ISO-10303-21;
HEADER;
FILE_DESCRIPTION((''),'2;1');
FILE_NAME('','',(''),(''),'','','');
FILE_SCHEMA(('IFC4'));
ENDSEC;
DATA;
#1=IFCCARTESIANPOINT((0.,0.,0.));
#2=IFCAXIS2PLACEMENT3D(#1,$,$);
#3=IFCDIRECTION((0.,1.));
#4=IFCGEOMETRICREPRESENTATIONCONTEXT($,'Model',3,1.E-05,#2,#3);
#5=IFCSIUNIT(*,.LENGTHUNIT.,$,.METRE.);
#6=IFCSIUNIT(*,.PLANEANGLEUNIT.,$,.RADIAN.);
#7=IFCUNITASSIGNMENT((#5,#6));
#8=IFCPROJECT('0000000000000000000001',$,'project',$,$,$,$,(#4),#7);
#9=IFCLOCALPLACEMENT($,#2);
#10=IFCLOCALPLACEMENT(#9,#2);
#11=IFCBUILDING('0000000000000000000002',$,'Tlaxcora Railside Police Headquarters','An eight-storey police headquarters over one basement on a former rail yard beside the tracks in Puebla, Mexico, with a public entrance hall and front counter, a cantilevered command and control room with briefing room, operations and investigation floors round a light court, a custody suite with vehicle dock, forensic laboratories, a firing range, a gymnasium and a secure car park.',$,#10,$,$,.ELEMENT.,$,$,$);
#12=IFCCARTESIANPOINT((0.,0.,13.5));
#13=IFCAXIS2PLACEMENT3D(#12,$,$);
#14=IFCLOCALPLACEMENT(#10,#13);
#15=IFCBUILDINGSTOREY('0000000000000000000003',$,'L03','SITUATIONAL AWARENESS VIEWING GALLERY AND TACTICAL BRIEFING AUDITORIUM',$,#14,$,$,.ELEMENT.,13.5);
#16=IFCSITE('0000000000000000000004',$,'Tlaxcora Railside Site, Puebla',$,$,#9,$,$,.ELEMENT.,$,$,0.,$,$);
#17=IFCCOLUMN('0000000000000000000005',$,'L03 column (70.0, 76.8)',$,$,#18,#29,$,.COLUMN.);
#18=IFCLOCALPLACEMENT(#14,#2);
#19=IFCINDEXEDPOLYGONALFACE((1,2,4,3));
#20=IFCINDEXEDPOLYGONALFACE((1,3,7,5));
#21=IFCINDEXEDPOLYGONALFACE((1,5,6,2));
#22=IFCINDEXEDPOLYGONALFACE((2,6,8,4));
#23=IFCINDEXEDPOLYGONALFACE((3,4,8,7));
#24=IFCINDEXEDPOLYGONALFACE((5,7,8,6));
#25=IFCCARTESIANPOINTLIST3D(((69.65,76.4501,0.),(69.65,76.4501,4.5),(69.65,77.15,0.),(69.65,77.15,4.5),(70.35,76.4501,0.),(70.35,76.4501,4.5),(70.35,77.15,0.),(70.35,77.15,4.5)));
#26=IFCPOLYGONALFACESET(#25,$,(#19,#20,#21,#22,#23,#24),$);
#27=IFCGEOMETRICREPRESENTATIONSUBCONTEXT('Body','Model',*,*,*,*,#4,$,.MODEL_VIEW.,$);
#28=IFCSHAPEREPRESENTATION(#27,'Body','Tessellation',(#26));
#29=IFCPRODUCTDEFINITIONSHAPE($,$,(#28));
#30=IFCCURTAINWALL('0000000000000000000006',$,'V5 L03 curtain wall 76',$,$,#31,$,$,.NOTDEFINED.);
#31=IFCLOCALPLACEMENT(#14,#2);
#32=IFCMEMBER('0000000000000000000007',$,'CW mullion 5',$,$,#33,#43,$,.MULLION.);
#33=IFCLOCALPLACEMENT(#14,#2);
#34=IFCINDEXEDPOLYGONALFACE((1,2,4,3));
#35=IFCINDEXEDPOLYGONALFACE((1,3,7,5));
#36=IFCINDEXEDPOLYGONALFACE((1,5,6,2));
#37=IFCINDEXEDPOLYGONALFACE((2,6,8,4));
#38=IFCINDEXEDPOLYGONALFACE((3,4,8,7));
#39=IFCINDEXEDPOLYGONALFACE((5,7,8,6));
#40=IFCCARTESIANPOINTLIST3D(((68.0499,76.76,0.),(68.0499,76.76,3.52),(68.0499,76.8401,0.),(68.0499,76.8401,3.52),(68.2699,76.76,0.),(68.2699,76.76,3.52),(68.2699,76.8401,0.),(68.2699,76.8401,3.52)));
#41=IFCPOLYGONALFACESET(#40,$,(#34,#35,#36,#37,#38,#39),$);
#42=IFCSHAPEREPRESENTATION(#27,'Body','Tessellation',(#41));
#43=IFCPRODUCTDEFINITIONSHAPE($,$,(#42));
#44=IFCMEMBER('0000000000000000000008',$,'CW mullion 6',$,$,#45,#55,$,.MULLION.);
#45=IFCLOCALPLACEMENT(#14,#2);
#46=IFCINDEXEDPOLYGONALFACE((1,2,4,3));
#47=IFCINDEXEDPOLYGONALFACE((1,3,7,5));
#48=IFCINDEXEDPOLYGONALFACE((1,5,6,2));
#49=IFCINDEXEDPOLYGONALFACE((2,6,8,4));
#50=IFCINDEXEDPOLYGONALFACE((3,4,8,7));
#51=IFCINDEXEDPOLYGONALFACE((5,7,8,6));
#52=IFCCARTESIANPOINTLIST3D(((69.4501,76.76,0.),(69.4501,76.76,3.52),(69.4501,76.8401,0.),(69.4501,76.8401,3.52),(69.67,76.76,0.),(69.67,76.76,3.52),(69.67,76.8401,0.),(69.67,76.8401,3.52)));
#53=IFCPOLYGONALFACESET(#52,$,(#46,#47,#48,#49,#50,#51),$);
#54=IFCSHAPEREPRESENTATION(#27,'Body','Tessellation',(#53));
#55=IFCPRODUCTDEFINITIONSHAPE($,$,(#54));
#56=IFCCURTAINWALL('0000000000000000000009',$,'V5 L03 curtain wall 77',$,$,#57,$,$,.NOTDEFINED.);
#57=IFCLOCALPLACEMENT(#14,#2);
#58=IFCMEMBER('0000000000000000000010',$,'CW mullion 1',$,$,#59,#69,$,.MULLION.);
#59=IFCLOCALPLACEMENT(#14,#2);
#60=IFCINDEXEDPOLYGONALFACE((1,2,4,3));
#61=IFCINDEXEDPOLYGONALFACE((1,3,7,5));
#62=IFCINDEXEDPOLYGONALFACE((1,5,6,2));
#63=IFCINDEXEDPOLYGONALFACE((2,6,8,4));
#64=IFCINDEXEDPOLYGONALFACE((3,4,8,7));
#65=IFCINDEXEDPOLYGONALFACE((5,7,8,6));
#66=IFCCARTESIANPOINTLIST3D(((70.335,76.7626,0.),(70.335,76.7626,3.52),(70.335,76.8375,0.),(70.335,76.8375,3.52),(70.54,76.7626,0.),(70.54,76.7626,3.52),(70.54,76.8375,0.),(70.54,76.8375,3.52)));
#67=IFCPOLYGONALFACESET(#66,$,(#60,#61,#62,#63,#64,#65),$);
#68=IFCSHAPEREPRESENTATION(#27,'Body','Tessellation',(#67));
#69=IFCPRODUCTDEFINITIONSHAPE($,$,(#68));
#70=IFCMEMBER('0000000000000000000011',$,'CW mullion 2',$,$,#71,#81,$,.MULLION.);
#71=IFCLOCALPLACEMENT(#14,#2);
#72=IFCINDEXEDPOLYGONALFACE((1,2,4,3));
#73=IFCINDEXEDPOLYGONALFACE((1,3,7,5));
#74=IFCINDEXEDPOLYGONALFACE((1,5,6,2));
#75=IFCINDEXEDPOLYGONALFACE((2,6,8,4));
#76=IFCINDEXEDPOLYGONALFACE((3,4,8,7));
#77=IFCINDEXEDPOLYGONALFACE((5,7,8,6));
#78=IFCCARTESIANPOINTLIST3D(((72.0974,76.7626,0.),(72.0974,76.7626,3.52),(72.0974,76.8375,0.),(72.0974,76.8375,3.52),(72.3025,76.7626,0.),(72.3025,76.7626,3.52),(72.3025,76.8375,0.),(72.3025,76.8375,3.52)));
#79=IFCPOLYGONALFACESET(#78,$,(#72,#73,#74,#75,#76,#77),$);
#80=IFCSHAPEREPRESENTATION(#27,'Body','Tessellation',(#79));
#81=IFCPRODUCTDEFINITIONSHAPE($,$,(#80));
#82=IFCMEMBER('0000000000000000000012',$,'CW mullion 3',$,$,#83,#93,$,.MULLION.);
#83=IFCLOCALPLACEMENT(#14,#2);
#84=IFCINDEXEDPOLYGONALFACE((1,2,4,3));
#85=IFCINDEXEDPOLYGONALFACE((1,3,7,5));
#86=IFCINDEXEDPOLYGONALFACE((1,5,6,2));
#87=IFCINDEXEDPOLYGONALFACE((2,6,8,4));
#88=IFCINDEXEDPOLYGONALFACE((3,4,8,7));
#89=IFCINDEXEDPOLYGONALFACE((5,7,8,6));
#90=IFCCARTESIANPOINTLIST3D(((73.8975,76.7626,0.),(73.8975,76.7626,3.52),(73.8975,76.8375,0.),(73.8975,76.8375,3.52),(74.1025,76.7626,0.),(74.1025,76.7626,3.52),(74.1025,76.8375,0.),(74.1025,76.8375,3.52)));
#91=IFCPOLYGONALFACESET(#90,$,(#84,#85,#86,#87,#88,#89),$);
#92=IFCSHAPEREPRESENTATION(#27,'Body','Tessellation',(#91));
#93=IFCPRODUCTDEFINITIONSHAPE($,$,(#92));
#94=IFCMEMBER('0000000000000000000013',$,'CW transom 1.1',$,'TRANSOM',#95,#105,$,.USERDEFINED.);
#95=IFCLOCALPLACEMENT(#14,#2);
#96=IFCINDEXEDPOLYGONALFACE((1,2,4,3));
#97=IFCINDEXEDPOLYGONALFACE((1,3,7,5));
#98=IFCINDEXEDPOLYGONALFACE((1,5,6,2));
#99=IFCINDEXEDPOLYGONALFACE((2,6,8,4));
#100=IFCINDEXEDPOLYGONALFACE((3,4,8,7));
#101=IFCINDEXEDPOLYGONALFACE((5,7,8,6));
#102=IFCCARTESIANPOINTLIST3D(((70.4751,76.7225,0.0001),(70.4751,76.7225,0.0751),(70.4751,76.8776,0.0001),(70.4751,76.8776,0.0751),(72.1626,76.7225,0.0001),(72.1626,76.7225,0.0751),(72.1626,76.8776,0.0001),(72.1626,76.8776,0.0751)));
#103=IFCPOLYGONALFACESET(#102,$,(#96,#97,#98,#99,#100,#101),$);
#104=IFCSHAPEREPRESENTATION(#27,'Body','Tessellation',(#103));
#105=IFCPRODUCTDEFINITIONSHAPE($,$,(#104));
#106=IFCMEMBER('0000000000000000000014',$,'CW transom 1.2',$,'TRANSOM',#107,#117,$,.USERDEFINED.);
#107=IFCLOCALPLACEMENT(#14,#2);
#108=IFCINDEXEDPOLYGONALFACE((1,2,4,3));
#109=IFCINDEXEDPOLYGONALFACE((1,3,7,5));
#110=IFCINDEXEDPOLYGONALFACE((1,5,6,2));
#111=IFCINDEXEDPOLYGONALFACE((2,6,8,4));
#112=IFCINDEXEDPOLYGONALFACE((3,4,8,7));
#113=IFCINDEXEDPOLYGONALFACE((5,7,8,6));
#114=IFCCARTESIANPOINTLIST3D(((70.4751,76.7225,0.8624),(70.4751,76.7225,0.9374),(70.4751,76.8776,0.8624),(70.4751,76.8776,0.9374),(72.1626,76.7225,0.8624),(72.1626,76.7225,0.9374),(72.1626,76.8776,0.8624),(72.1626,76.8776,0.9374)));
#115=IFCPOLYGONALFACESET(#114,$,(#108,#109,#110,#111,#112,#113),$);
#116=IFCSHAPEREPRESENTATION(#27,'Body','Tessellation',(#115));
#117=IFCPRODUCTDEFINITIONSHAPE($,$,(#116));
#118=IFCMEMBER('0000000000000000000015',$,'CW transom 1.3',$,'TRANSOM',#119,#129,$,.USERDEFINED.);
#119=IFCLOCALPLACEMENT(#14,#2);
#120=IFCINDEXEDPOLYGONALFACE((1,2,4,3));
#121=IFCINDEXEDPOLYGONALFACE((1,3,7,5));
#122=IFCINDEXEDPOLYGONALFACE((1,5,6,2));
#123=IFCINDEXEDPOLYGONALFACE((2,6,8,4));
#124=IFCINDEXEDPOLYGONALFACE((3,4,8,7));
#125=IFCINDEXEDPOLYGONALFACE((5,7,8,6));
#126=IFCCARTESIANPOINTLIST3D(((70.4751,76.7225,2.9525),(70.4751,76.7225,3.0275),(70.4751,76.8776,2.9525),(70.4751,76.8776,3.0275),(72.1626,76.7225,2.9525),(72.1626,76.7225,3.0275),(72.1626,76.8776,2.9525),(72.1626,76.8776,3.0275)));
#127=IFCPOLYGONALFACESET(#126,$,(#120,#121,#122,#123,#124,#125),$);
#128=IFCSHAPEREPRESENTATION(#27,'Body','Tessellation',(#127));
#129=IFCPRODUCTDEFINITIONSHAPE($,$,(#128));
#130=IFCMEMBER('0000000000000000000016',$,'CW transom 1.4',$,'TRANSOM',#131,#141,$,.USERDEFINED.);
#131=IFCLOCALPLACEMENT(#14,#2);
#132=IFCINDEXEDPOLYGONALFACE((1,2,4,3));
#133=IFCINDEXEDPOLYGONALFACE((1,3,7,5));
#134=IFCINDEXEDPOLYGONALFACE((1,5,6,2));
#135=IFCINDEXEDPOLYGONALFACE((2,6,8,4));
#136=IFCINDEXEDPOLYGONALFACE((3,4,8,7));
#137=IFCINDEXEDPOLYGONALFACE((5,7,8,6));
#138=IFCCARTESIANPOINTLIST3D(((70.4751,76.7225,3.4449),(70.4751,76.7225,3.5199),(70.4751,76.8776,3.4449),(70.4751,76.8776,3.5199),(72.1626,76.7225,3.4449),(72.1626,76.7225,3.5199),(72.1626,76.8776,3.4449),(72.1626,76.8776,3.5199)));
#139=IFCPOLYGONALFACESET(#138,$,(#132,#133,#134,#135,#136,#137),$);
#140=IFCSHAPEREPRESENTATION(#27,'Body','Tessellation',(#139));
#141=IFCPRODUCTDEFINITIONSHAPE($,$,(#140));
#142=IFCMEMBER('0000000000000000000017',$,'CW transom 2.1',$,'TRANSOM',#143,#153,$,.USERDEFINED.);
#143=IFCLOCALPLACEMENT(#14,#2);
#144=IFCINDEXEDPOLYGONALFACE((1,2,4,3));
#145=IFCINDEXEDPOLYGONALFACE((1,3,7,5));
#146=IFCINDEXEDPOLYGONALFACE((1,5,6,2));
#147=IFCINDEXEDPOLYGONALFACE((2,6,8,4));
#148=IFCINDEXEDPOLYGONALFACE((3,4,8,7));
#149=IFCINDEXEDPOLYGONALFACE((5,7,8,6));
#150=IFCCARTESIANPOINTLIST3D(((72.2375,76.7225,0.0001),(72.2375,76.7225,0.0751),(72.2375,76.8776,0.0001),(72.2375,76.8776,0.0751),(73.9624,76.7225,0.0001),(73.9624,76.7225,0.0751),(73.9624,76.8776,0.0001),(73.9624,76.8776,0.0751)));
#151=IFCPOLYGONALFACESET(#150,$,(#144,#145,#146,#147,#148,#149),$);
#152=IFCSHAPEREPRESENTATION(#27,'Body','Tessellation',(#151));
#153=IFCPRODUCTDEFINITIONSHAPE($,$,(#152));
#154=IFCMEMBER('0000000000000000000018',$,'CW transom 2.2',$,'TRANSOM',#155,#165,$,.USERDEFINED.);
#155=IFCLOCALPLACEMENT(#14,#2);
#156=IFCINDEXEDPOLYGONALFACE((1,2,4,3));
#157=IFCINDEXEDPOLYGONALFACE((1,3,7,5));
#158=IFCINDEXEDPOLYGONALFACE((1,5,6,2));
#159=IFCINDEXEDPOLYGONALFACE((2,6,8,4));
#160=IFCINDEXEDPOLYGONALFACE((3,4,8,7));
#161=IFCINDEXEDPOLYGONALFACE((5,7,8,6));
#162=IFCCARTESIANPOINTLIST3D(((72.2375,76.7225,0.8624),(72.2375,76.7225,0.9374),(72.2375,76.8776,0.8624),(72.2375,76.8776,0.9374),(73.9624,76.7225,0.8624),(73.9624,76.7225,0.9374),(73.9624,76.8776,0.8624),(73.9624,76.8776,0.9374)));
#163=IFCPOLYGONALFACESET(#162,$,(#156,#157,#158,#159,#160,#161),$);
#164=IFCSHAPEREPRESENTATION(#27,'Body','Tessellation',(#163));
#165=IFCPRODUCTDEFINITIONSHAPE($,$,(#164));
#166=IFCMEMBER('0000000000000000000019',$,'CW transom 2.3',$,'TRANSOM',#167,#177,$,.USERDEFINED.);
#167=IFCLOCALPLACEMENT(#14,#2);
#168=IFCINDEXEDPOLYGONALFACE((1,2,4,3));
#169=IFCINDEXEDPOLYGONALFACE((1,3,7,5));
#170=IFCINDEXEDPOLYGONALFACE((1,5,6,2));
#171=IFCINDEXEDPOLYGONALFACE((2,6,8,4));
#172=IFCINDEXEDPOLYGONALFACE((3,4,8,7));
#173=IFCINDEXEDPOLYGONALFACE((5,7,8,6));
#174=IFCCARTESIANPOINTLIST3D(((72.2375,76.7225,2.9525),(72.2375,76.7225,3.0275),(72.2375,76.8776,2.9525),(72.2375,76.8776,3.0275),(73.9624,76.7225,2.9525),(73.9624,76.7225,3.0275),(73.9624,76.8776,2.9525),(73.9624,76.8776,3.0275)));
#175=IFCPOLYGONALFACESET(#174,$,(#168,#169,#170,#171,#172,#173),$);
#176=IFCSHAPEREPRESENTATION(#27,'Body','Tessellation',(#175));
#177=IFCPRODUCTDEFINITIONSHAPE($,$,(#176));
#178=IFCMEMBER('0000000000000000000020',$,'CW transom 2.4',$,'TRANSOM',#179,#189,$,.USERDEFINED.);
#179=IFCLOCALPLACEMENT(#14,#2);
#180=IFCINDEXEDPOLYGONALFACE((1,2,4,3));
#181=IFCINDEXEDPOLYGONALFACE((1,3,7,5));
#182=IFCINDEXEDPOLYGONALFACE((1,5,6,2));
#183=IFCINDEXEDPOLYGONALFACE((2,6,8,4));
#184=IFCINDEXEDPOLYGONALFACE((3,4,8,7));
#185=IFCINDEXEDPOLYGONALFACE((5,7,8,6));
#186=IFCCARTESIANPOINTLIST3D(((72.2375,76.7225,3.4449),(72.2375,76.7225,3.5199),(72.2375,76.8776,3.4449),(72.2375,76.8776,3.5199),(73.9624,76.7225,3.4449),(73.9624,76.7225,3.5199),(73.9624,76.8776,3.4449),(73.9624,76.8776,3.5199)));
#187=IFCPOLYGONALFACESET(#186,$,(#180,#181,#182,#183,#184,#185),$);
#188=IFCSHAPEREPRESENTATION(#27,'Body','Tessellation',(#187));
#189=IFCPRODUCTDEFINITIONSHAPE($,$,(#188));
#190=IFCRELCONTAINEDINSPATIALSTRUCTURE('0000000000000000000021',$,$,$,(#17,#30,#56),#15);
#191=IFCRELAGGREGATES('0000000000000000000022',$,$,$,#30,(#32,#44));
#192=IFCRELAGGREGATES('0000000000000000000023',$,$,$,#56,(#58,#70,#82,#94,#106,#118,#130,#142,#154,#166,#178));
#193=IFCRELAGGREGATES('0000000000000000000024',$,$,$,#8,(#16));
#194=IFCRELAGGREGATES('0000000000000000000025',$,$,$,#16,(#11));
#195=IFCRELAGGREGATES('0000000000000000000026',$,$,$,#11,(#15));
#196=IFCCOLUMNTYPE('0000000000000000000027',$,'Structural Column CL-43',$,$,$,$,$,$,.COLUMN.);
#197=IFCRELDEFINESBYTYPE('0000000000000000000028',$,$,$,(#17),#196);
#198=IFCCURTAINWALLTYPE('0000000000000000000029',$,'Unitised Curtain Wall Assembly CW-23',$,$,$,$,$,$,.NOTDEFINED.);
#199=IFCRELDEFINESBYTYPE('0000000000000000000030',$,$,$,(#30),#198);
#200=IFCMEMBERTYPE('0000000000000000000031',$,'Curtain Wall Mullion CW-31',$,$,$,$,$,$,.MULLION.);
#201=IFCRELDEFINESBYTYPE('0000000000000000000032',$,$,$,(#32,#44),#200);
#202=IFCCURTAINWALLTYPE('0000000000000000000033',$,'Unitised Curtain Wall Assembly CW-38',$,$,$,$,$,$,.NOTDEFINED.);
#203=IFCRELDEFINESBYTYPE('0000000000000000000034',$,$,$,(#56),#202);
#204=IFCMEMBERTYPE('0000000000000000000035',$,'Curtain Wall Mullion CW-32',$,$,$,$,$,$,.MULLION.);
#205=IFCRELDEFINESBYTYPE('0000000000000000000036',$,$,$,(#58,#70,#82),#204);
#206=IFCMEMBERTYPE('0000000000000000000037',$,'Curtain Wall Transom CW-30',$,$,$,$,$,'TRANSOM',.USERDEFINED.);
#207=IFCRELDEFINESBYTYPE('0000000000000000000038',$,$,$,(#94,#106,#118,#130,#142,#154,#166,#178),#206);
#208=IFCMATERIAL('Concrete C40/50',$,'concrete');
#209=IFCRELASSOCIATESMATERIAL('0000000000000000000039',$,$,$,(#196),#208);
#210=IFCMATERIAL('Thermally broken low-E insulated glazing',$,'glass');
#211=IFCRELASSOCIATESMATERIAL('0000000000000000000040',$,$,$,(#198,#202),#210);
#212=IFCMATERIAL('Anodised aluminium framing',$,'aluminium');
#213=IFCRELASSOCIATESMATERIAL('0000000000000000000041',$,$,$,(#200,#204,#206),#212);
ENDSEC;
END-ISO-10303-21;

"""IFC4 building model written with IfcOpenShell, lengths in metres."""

from ifc_helpers import new_model, si_unit, direction, frame, origin, origin_2d, place, context, subcontext, project, spatial, rectangle, extrude, material, material_profile, profile_set, type_object, element, aggregate, save


model = new_model("IFC4")

# Units and contexts
model_context = context("Model", 3, precision=1e-05, world=origin(), true_north=direction((0.0, 1.0)))
body_context = subcontext(model_context, "Body", "Model", "MODEL_VIEW")
ifc_project = project(units=[si_unit("LENGTHUNIT", "METRE"), si_unit("PLANEANGLEUNIT", "RADIAN")], contexts=[model_context])

# Site, building, storey
site_placement = place(None, origin())
site = spatial("IfcSite", under=ifc_project, at=site_placement, Name="Tlaxcora Railside Site, Puebla", CompositionType="ELEMENT", RefElevation=0.0)
building_placement = place(site_placement, origin())
building = spatial("IfcBuilding", under=site, at=building_placement, Name="Tlaxcora Railside Police Headquarters", Description="An eight-storey police headquarters over one basement on a former rail yard beside the tracks in Puebla, Mexico, with a public entrance hall and front counter, a cantilevered command and control room with briefing room, operations and investigation floors round a light court, a custody suite with vehicle dock, forensic laboratories, a firing range, a gymnasium and a secure car park.", CompositionType="ELEMENT")
storey_placement = place(building_placement, frame((0.0, 0.0, 13.5)))
storey = spatial("IfcBuildingStorey", under=building, at=storey_placement, Name="L03", Description="SITUATIONAL AWARENESS VIEWING GALLERY AND TACTICAL BRIEFING AUDITORIUM", CompositionType="ELEMENT", Elevation=13.5)

# Column
ifc_material_1 = material(Name="Concrete C40/50", Category="concrete")
ifc_material_profile_1 = material_profile(ifc_material_1, rectangle(XDim=0.7, YDim=0.7, at=origin_2d()), Name="RC700X700")
ifc_profile_set_1 = profile_set([ifc_material_profile_1], Name="Concrete C40/50")
column_type = type_object("IfcColumnType", Name="Structural Column CL-43", PredefinedType="COLUMN", material=ifc_profile_set_1)
column_placement = place(storey_placement, frame((70.0, 76.8, 0.0), z_axis=(0.0, 0.0, 1.0), x_axis=(1.0, 0.0, 0.0)))
element("IfcColumn", 1, at=column_placement, inside=storey, type_object=column_type, Name="L03 column (70.0, 76.8)", PredefinedType="COLUMN", context=body_context, shape_type="SweptSolid", body=[
    extrude(rectangle(XDim=0.7, YDim=0.7, at=origin_2d()), origin(), (0.0, 0.0, 1.0), 4.5),
])

# Curtain walls, members
ifc_material_2 = material(Name="Thermally broken low-E insulated glazing", Category="glass")
curtain_wall_type_1 = type_object("IfcCurtainWallType", Name="Unitised Curtain Wall Assembly CW-23", PredefinedType="NOTDEFINED", material=ifc_material_2)
curtain_wall_1_placement = place(storey_placement, origin())
curtain_wall_1 = element("IfcCurtainWall", 2, at=curtain_wall_1_placement, inside=storey, type_object=curtain_wall_type_1, Name="V5 L03 curtain wall 76", PredefinedType="NOTDEFINED")
ifc_material_3 = material(Name="Anodised aluminium framing", Category="aluminium")
ifc_material_profile_2 = material_profile(ifc_material_3, rectangle(XDim=0.0801, YDim=0.22, at=origin_2d()), Name="AL80X220")
ifc_profile_set_2 = profile_set([ifc_material_profile_2], Name="Anodised aluminium framing")
member_type_1 = type_object("IfcMemberType", Name="Curtain Wall Mullion CW-31", PredefinedType="MULLION", material=ifc_profile_set_2)
member_1_placement = place(storey_placement, frame((68.1599, 76.8, 0.0), z_axis=(0.0, 0.0, 1.0), x_axis=(0.0, 1.0, 0.0)))
member_1 = element("IfcMember", 3, at=member_1_placement, type_object=member_type_1, Name="CW mullion 5", PredefinedType="MULLION", context=body_context, shape_type="SweptSolid", body=[
    extrude(rectangle(XDim=0.0801, YDim=0.22, at=origin_2d()), origin(), (0.0, 0.0, 1.0), 3.52),
])
member_2_placement = place(storey_placement, frame((69.5601, 76.8, 0.0), z_axis=(0.0, 0.0, 1.0), x_axis=(0.0, 1.0, 0.0)))
member_2 = element("IfcMember", 4, at=member_2_placement, type_object=member_type_1, Name="CW mullion 6", PredefinedType="MULLION", context=body_context, shape_type="SweptSolid", body=[
    extrude(rectangle(XDim=0.0801, YDim=0.22, at=origin_2d()), origin(), (0.0, 0.0, 1.0), 3.52),
])
curtain_wall_type_2 = type_object("IfcCurtainWallType", Name="Unitised Curtain Wall Assembly CW-38", PredefinedType="NOTDEFINED", material=ifc_material_2)
curtain_wall_2_placement = place(storey_placement, origin())
curtain_wall_2 = element("IfcCurtainWall", 5, at=curtain_wall_2_placement, inside=storey, type_object=curtain_wall_type_2, Name="V5 L03 curtain wall 77", PredefinedType="NOTDEFINED")
ifc_material_profile_3 = material_profile(ifc_material_3, rectangle(XDim=0.075, YDim=0.2051, at=origin_2d()), Name="AL75X205")
ifc_profile_set_3 = profile_set([ifc_material_profile_3], Name="Anodised aluminium framing")
member_type_2 = type_object("IfcMemberType", Name="Curtain Wall Mullion CW-32", PredefinedType="MULLION", material=ifc_profile_set_3)
member_3_placement = place(storey_placement, frame((70.4375, 76.8, 0.0), z_axis=(0.0, 0.0, 1.0), x_axis=(0.0, 1.0, 0.0)))
member_3 = element("IfcMember", 6, at=member_3_placement, type_object=member_type_2, Name="CW mullion 1", PredefinedType="MULLION", context=body_context, shape_type="SweptSolid", body=[
    extrude(rectangle(XDim=0.075, YDim=0.2051, at=origin_2d()), origin(), (0.0, 0.0, 1.0), 3.52),
])
member_4_placement = place(storey_placement, frame((72.2, 76.8, 0.0), z_axis=(0.0, 0.0, 1.0), x_axis=(0.0, 1.0, 0.0)))
member_4 = element("IfcMember", 7, at=member_4_placement, type_object=member_type_2, Name="CW mullion 2", PredefinedType="MULLION", context=body_context, shape_type="SweptSolid", body=[
    extrude(rectangle(XDim=0.075, YDim=0.2051, at=origin_2d()), origin(), (0.0, 0.0, 1.0), 3.52),
])
member_5_placement = place(storey_placement, frame((74.0, 76.8, 0.0), z_axis=(0.0, 0.0, 1.0), x_axis=(0.0, 1.0, 0.0)))
member_5 = element("IfcMember", 8, at=member_5_placement, type_object=member_type_2, Name="CW mullion 3", PredefinedType="MULLION", context=body_context, shape_type="SweptSolid", body=[
    extrude(rectangle(XDim=0.075, YDim=0.2051, at=origin_2d()), origin(), (0.0, 0.0, 1.0), 3.52),
])
ifc_material_profile_4 = material_profile(ifc_material_3, rectangle(XDim=0.155, YDim=0.075, at=origin_2d()), Name="AL75X155")
ifc_profile_set_4 = profile_set([ifc_material_profile_4], Name="Anodised aluminium framing")
member_type_3 = type_object("IfcMemberType", Name="Curtain Wall Transom CW-30", ElementType="TRANSOM", PredefinedType="USERDEFINED", material=ifc_profile_set_4)
member_6_placement = place(storey_placement, frame((70.4751, 76.8, 0.0376), z_axis=(1.0, 0.0, 0.0), x_axis=(0.0, 1.0, 0.0)))
member_6 = element("IfcMember", 9, at=member_6_placement, type_object=member_type_3, Name="CW transom 1.1", ObjectType="TRANSOM", PredefinedType="USERDEFINED", context=body_context, shape_type="SweptSolid", body=[
    extrude(rectangle(XDim=0.155, YDim=0.075, at=origin_2d()), origin(), (0.0, 0.0, 1.0), 1.6875),
])
member_7_placement = place(storey_placement, frame((70.4751, 76.8, 0.8999), z_axis=(1.0, 0.0, 0.0), x_axis=(0.0, 1.0, 0.0)))
member_7 = element("IfcMember", 10, at=member_7_placement, type_object=member_type_3, Name="CW transom 1.2", ObjectType="TRANSOM", PredefinedType="USERDEFINED", context=body_context, shape_type="SweptSolid", body=[
    extrude(rectangle(XDim=0.155, YDim=0.075, at=origin_2d()), origin(), (0.0, 0.0, 1.0), 1.6875),
])
member_8_placement = place(storey_placement, frame((70.4751, 76.8, 2.99), z_axis=(1.0, 0.0, 0.0), x_axis=(0.0, 1.0, 0.0)))
member_8 = element("IfcMember", 11, at=member_8_placement, type_object=member_type_3, Name="CW transom 1.3", ObjectType="TRANSOM", PredefinedType="USERDEFINED", context=body_context, shape_type="SweptSolid", body=[
    extrude(rectangle(XDim=0.155, YDim=0.075, at=origin_2d()), origin(), (0.0, 0.0, 1.0), 1.6875),
])
member_9_placement = place(storey_placement, frame((70.4751, 76.8, 3.4824), z_axis=(1.0, 0.0, 0.0), x_axis=(0.0, 1.0, 0.0)))
member_9 = element("IfcMember", 12, at=member_9_placement, type_object=member_type_3, Name="CW transom 1.4", ObjectType="TRANSOM", PredefinedType="USERDEFINED", context=body_context, shape_type="SweptSolid", body=[
    extrude(rectangle(XDim=0.155, YDim=0.075, at=origin_2d()), origin(), (0.0, 0.0, 1.0), 1.6875),
])
member_10_placement = place(storey_placement, frame((72.2375, 76.8, 0.0376), z_axis=(1.0, 0.0, 0.0), x_axis=(0.0, 1.0, 0.0)))
member_10 = element("IfcMember", 13, at=member_10_placement, type_object=member_type_3, Name="CW transom 2.1", ObjectType="TRANSOM", PredefinedType="USERDEFINED", context=body_context, shape_type="SweptSolid", body=[
    extrude(rectangle(XDim=0.155, YDim=0.075, at=origin_2d()), origin(), (0.0, 0.0, 1.0), 1.7249),
])
member_11_placement = place(storey_placement, frame((72.2375, 76.8, 0.8999), z_axis=(1.0, 0.0, 0.0), x_axis=(0.0, 1.0, 0.0)))
member_11 = element("IfcMember", 14, at=member_11_placement, type_object=member_type_3, Name="CW transom 2.2", ObjectType="TRANSOM", PredefinedType="USERDEFINED", context=body_context, shape_type="SweptSolid", body=[
    extrude(rectangle(XDim=0.155, YDim=0.075, at=origin_2d()), origin(), (0.0, 0.0, 1.0), 1.7249),
])
member_12_placement = place(storey_placement, frame((72.2375, 76.8, 2.99), z_axis=(1.0, 0.0, 0.0), x_axis=(0.0, 1.0, 0.0)))
member_12 = element("IfcMember", 15, at=member_12_placement, type_object=member_type_3, Name="CW transom 2.3", ObjectType="TRANSOM", PredefinedType="USERDEFINED", context=body_context, shape_type="SweptSolid", body=[
    extrude(rectangle(XDim=0.155, YDim=0.075, at=origin_2d()), origin(), (0.0, 0.0, 1.0), 1.7249),
])
member_13_placement = place(storey_placement, frame((72.2375, 76.8, 3.4824), z_axis=(1.0, 0.0, 0.0), x_axis=(0.0, 1.0, 0.0)))
member_13 = element("IfcMember", 16, at=member_13_placement, type_object=member_type_3, Name="CW transom 2.4", ObjectType="TRANSOM", PredefinedType="USERDEFINED", context=body_context, shape_type="SweptSolid", body=[
    extrude(rectangle(XDim=0.155, YDim=0.075, at=origin_2d()), origin(), (0.0, 0.0, 1.0), 1.7249),
])

aggregate(curtain_wall_1, [member_1, member_2])
aggregate(curtain_wall_2, [member_3, member_4, member_5, member_6, member_7, member_8, member_9, member_10, member_11, member_12, member_13])

save(model, "model.ifc")
